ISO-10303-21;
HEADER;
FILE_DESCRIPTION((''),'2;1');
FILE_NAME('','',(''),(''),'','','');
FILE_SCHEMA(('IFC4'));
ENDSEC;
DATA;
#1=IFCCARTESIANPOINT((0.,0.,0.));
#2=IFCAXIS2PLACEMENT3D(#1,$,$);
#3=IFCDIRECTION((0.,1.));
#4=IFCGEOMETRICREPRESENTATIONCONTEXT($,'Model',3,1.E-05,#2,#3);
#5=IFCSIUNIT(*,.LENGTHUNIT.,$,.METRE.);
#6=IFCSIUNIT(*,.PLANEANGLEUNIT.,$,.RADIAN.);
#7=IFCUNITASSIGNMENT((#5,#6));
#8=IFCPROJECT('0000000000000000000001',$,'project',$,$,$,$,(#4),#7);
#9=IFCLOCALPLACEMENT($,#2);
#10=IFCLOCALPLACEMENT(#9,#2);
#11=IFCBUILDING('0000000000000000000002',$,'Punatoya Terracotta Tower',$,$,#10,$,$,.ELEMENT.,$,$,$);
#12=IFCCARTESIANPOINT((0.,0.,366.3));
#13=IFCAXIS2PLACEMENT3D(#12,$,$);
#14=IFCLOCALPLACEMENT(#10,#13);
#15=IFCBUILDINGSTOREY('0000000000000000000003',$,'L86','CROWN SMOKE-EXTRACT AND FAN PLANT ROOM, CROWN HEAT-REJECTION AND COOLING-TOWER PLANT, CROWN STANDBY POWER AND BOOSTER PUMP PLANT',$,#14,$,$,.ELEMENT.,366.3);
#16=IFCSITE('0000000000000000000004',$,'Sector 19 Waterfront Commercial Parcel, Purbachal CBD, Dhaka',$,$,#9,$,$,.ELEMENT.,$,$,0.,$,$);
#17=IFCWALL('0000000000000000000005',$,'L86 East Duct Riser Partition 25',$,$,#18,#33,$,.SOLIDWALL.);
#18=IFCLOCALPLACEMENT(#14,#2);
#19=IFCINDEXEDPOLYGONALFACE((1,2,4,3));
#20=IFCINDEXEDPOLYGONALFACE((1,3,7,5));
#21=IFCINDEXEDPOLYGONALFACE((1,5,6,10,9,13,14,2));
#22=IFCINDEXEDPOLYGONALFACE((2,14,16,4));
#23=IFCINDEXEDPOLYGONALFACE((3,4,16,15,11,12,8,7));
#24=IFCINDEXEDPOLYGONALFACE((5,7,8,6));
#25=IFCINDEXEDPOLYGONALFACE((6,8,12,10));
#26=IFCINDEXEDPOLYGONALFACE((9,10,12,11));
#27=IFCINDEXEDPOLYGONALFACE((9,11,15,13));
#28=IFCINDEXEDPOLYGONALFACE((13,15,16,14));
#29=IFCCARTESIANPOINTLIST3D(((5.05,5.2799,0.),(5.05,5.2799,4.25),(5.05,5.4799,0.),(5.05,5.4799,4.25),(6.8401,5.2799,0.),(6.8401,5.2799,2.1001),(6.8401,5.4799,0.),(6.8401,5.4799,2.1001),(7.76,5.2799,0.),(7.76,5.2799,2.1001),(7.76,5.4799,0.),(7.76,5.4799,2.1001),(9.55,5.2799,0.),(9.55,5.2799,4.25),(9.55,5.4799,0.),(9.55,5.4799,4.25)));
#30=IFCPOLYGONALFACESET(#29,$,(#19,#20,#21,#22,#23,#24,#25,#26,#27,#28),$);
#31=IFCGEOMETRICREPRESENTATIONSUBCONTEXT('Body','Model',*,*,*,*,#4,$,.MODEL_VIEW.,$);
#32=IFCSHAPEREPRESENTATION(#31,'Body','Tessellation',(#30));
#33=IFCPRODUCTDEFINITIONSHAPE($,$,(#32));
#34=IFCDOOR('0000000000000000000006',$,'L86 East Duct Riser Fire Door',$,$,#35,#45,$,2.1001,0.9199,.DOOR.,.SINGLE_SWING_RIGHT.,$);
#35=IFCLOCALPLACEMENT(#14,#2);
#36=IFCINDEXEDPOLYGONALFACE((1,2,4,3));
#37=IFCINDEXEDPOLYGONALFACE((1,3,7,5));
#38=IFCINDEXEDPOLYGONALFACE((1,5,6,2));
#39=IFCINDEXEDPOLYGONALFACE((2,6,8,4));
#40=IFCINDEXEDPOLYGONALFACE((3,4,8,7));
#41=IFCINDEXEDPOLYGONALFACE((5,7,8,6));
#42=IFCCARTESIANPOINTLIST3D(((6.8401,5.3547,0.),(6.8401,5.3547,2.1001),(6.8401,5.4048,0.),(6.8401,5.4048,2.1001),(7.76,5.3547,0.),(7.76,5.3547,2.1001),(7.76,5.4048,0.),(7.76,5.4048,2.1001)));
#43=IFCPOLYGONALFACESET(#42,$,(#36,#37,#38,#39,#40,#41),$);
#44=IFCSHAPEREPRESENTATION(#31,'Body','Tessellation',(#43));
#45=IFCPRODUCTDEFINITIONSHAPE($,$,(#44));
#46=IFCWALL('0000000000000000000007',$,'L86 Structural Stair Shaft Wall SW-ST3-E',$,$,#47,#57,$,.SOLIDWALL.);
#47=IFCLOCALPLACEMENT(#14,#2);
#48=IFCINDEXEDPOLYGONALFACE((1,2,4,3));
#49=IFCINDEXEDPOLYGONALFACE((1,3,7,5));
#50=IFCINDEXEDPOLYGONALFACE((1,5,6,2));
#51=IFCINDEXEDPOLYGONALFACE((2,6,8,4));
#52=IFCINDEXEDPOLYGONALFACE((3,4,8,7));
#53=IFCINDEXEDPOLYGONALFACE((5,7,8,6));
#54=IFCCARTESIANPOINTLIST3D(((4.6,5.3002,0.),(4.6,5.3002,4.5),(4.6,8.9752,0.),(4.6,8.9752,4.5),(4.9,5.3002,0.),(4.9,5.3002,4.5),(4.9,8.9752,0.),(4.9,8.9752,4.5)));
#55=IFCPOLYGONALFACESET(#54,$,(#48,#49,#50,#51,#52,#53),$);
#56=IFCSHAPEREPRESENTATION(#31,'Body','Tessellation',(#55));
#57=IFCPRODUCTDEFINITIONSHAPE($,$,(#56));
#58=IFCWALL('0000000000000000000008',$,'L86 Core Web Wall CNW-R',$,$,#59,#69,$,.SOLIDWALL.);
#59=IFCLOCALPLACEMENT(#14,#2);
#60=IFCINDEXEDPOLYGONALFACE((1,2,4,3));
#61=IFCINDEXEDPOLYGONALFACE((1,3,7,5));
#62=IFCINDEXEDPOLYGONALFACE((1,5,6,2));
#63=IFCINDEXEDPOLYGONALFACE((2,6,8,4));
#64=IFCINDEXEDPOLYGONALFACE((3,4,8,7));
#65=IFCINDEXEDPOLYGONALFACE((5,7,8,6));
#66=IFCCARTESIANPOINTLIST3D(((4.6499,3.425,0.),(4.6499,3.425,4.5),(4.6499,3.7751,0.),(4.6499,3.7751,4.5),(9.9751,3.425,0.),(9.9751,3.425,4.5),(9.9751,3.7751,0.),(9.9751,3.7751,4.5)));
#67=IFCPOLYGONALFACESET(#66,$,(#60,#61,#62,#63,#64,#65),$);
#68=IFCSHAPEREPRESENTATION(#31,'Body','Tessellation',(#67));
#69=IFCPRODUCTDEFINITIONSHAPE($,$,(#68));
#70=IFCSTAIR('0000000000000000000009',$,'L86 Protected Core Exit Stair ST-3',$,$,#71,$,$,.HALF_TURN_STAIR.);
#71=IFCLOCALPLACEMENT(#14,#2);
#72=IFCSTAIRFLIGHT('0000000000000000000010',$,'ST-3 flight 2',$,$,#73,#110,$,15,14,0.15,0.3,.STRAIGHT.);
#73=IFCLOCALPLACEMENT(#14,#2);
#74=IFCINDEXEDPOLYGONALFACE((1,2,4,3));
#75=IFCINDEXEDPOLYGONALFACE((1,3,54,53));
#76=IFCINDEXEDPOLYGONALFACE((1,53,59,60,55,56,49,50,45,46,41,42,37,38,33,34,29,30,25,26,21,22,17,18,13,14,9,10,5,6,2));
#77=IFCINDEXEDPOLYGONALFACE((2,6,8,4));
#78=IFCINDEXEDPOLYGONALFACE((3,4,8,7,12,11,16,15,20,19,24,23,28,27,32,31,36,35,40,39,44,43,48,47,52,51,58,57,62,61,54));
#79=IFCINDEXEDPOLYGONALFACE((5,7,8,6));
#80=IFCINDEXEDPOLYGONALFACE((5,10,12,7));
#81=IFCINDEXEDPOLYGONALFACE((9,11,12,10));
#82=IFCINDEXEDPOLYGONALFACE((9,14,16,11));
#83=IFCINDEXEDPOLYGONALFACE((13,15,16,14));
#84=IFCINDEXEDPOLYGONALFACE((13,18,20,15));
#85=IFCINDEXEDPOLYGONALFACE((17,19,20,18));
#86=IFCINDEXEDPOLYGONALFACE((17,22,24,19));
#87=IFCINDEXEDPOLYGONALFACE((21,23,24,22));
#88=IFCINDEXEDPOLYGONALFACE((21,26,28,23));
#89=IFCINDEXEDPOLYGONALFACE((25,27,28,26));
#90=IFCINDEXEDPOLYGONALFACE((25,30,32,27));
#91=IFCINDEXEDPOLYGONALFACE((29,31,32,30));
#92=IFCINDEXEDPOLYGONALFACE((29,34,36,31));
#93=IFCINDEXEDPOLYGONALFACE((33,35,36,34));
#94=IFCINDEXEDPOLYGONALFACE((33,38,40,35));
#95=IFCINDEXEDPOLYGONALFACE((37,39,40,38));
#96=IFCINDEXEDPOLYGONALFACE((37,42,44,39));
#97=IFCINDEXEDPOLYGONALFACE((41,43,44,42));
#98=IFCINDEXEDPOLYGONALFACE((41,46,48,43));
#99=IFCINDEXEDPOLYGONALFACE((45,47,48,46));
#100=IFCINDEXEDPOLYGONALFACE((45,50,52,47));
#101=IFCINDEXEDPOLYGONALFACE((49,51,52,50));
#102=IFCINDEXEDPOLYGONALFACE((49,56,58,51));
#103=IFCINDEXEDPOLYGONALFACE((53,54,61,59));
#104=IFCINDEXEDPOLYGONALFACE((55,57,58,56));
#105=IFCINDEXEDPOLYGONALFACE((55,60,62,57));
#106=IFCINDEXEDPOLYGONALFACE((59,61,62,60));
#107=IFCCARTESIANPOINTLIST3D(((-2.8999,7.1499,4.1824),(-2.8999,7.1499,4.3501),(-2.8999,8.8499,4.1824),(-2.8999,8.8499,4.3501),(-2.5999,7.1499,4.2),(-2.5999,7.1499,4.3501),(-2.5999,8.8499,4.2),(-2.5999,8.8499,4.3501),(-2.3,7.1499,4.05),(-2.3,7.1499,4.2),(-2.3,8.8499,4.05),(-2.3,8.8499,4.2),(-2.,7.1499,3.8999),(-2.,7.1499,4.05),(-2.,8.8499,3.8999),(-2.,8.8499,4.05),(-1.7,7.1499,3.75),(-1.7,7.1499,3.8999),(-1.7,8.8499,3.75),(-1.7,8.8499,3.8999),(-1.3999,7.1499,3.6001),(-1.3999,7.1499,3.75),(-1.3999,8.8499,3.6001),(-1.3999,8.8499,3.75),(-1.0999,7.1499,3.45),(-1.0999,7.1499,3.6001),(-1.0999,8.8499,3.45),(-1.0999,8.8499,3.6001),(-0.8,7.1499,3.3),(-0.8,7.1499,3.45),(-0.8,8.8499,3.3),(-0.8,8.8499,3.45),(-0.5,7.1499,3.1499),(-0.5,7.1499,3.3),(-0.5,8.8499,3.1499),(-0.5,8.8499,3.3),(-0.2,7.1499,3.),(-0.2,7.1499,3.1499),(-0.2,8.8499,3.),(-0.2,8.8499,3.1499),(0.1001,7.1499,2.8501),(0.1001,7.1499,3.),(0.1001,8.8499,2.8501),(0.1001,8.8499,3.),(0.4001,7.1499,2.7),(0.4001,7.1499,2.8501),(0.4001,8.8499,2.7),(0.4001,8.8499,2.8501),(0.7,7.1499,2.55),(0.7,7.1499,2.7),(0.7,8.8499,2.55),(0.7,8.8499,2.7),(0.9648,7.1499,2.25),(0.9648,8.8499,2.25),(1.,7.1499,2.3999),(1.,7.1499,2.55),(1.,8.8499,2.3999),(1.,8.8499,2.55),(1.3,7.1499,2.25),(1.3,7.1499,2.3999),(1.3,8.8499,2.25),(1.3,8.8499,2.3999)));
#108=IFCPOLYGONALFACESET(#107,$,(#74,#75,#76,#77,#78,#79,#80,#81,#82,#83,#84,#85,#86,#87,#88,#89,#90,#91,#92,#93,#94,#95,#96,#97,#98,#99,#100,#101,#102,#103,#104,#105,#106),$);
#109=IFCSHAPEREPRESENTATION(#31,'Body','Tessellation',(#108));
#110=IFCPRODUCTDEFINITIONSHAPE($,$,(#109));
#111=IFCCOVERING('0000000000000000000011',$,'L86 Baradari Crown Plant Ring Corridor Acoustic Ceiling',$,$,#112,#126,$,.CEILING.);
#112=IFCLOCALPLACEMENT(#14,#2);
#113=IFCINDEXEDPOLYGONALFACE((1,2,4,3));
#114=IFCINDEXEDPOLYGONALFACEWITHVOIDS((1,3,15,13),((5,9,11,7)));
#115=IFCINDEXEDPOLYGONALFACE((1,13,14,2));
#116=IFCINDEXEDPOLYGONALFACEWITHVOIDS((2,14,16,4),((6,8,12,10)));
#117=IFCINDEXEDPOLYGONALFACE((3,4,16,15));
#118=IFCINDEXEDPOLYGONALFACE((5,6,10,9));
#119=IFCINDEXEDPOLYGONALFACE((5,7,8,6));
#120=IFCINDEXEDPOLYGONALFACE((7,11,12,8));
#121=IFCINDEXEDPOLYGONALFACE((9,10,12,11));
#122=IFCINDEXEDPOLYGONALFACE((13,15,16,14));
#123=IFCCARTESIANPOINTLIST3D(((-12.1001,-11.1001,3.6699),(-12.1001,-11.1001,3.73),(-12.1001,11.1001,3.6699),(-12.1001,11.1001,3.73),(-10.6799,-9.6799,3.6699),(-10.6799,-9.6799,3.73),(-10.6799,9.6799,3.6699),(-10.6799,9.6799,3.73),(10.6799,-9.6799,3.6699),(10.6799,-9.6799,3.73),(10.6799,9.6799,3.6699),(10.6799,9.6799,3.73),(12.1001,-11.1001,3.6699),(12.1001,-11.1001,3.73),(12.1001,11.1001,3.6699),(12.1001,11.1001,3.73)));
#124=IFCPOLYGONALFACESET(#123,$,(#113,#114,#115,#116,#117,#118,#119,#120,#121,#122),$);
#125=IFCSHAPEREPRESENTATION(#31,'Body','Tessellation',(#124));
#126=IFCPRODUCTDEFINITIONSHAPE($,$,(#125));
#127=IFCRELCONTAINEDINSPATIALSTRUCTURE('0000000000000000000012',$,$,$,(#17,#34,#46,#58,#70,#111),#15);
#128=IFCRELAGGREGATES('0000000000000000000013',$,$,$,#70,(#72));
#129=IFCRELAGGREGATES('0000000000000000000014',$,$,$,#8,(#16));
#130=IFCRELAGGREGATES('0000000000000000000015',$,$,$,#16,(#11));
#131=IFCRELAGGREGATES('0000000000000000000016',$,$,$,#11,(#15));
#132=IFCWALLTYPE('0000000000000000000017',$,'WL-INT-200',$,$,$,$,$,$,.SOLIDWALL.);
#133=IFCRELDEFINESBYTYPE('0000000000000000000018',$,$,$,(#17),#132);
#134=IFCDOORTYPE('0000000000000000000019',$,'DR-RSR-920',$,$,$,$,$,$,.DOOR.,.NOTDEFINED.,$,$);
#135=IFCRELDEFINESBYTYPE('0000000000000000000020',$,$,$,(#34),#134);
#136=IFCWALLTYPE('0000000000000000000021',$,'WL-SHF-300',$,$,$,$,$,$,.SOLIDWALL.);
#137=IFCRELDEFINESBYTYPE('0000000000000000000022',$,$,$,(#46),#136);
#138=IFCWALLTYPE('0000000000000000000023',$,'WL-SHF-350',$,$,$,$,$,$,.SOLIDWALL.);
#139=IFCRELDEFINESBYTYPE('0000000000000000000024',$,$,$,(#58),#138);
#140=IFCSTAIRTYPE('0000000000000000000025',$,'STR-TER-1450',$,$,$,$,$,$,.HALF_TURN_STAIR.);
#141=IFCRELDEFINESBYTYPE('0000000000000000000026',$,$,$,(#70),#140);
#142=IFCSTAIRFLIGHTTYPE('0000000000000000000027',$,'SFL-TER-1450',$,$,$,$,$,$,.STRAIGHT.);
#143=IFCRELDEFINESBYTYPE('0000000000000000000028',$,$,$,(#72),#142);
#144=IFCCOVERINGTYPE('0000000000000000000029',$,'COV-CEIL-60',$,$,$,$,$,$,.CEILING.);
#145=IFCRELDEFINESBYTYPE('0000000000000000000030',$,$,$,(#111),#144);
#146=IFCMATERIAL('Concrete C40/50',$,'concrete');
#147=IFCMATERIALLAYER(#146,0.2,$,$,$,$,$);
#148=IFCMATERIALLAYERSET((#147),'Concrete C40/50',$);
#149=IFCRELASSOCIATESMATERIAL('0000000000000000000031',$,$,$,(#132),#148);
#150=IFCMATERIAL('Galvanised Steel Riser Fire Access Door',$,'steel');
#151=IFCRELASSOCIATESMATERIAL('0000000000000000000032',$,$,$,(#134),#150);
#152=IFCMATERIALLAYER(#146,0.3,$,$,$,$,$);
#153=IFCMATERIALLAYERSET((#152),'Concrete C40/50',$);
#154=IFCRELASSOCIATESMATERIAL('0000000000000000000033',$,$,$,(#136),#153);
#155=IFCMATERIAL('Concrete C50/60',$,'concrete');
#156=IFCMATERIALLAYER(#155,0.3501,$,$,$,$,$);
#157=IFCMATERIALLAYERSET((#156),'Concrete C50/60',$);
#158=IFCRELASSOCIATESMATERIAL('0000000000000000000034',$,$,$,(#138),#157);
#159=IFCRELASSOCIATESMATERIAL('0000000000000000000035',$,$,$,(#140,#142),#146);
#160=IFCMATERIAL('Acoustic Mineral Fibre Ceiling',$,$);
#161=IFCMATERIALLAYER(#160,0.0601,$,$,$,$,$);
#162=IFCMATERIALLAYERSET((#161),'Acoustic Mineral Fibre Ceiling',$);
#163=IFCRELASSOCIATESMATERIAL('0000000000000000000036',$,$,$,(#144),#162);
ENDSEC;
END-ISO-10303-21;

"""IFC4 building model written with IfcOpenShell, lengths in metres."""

from ifc_helpers import new_model, si_unit, direction, frame, frame_2d, origin, place, context, subcontext, project, spatial, polyline, rectangle, outline, extrude, material, layer, layer_set, type_object, element, fill, aggregate, save


model = new_model("IFC4")

# Units and contexts
model_context = context("Model", 3, precision=1e-05, world=origin(), true_north=direction((0.0, 1.0)))
body_context = subcontext(model_context, "Body", "Model", "MODEL_VIEW")
ifc_project = project(units=[si_unit("LENGTHUNIT", "METRE"), si_unit("PLANEANGLEUNIT", "RADIAN")], contexts=[model_context])

# Site, building, storey
site_placement = place(None, origin())
site = spatial("IfcSite", under=ifc_project, at=site_placement, Name="Sector 19 Waterfront Commercial Parcel, Purbachal CBD, Dhaka", CompositionType="ELEMENT", RefElevation=0.0)
building_placement = place(site_placement, origin())
building = spatial("IfcBuilding", under=site, at=building_placement, Name="Punatoya Terracotta Tower", CompositionType="ELEMENT")
storey_placement = place(building_placement, frame((0.0, 0.0, 366.3)))
storey = spatial("IfcBuildingStorey", under=building, at=storey_placement, Name="L86", Description="CROWN SMOKE-EXTRACT AND FAN PLANT ROOM, CROWN HEAT-REJECTION AND COOLING-TOWER PLANT, CROWN STANDBY POWER AND BOOSTER PUMP PLANT", CompositionType="ELEMENT", Elevation=366.3)

# Shared definitions
ifc_material_1 = material(Name="Concrete C40/50", Category="concrete")
ifc_layer_1 = layer(ifc_material_1, 0.2)
ifc_layer_set_1 = layer_set([ifc_layer_1], Name="Concrete C40/50")
wall_type_1 = type_object("IfcWallType", Name="WL-INT-200", PredefinedType="SOLIDWALL", material=ifc_layer_set_1)
ifc_material_2 = material(Name="Galvanised Steel Riser Fire Access Door", Category="steel")
door_type = type_object("IfcDoorType", Name="DR-RSR-920", OperationType="NOTDEFINED", PredefinedType="DOOR", material=ifc_material_2)

# Wall, opening, door
wall_1_placement = place(storey_placement, frame((5.05, 5.3799, 0.0), z_axis=(0.0, 0.0, 1.0), x_axis=(1.0, 0.0, 0.0)))
wall_1 = element("IfcWall", 1, at=wall_1_placement, inside=storey, type_object=wall_type_1, Name="L86 East Duct Riser Partition 25", PredefinedType="SOLIDWALL", context=body_context, shape_type="SweptSolid", body=[
    extrude(rectangle(XDim=4.5, YDim=0.2, at=frame_2d((2.25, 0.0))), origin(), (0.0, 0.0, 1.0), 4.25),
])
opening_1_placement = place(wall_1_placement, frame((1.79, 0.0, 0.0)))
opening_1 = element("IfcOpeningElement", 2, at=opening_1_placement, cuts=wall_1, PredefinedType="OPENING", context=body_context, shape_type="SweptSolid", body=[
    extrude(rectangle(XDim=0.9199, YDim=2.1001, at=frame_2d((0.46, 1.05))), frame((0.0, 0.1099, 0.0), z_axis=(0.0, -1.0, 0.0), x_axis=(1.0, 0.0, 0.0)), (0.0, 0.0, 1.0), 0.22),
])
door_1_placement = place(opening_1_placement, origin())
door_1 = element("IfcDoor", 3, at=door_1_placement, inside=storey, type_object=door_type, Name="L86 East Duct Riser Fire Door", OperationType="SINGLE_SWING_RIGHT", OverallHeight=2.1001, OverallWidth=0.9199, PredefinedType="DOOR", context=body_context, shape_type="SweptSolid", body=[
    extrude(rectangle(XDim=0.9199, YDim=2.1001, at=frame_2d((0.46, 1.05))), frame((0.0, 0.0249, 0.0), z_axis=(0.0, -1.0, 0.0), x_axis=(1.0, 0.0, 0.0)), (0.0, 0.0, 1.0), 0.05),
])
fill(opening_1, door_1)

# Walls
ifc_layer_2 = layer(ifc_material_1, 0.3)
ifc_layer_set_2 = layer_set([ifc_layer_2], Name="Concrete C40/50")
wall_type_2 = type_object("IfcWallType", Name="WL-SHF-300", PredefinedType="SOLIDWALL", material=ifc_layer_set_2)
wall_2_placement = place(storey_placement, frame((4.75, 8.9751, 0.0), z_axis=(0.0, 0.0, 1.0), x_axis=(0.0, -1.0, 0.0)))
element("IfcWall", 4, at=wall_2_placement, inside=storey, type_object=wall_type_2, Name="L86 Structural Stair Shaft Wall SW-ST3-E", PredefinedType="SOLIDWALL", context=body_context, shape_type="SweptSolid", body=[
    extrude(rectangle(XDim=3.675, YDim=0.3, at=frame_2d((1.8374, 0.0))), origin(), (0.0, 0.0, 1.0), 4.5),
])
ifc_material_3 = material(Name="Concrete C50/60", Category="concrete")
ifc_layer_3 = layer(ifc_material_3, 0.3501)
ifc_layer_set_3 = layer_set([ifc_layer_3], Name="Concrete C50/60")
wall_type_3 = type_object("IfcWallType", Name="WL-SHF-350", PredefinedType="SOLIDWALL", material=ifc_layer_set_3)
wall_3_placement = place(storey_placement, frame((4.6499, 3.6001, 0.0), z_axis=(0.0, 0.0, 1.0), x_axis=(1.0, 0.0, 0.0)))
element("IfcWall", 5, at=wall_3_placement, inside=storey, type_object=wall_type_3, Name="L86 Core Web Wall CNW-R", PredefinedType="SOLIDWALL", context=body_context, shape_type="SweptSolid", body=[
    extrude(rectangle(XDim=5.3252, YDim=0.3501, at=frame_2d((2.6626, 0.0))), origin(), (0.0, 0.0, 1.0), 4.5),
])

# Stair, stair flight
stair_type = type_object("IfcStairType", Name="STR-TER-1450", PredefinedType="HALF_TURN_STAIR", material=ifc_material_1)
stair_placement = place(storey_placement, origin())
stair = element("IfcStair", 6, at=stair_placement, inside=storey, type_object=stair_type, Name="L86 Protected Core Exit Stair ST-3", PredefinedType="HALF_TURN_STAIR")
stair_flight_type = type_object("IfcStairFlightType", Name="SFL-TER-1450", PredefinedType="STRAIGHT", material=ifc_material_1)
stair_flight_placement = place(storey_placement, frame((1.3, 8.0, 2.25), z_axis=(0.0, 0.0, 1.0), x_axis=(-1.0, 0.0, 0.0)))
stair_flight = element("IfcStairFlight", 7, at=stair_flight_placement, type_object=stair_flight_type, Name="ST-3 flight 2", NumberOfRisers=15, NumberOfTreads=14, PredefinedType="STRAIGHT", RiserHeight=0.15, TreadLength=0.3, context=body_context, shape_type="SweptSolid", body=[
    extrude(outline(polyline([(0.0, 0.0), (0.0, 0.1499), (0.3, 0.1499), (0.3, 0.3), (0.6001, 0.3), (0.6001, 0.45), (0.8999, 0.45), (0.8999, 0.6001), (1.2, 0.6001), (1.2, 0.75), (1.5, 0.75), (1.5, 0.8999), (1.8, 0.8999), (1.8, 1.05), (2.1001, 1.05), (2.1001, 1.2), (2.3999, 1.2), (2.3999, 1.3501), (2.7, 1.3501), (2.7, 1.5), (3.0, 1.5), (3.0, 1.6499), (3.3, 1.6499), (3.3, 1.8), (3.6001, 1.8), (3.6001, 1.95), (3.8999, 1.95), (3.8999, 2.1001), (4.2, 2.1001), (4.2, 2.25), (4.2, 1.9324), (0.3352, 0.0), (0.0, 0.0)])), frame((0.0, 0.8501, 0.0), z_axis=(0.0, -1.0, 0.0), x_axis=(1.0, 0.0, 0.0)), (0.0, 0.0, 1.0), 1.7),
])
aggregate(stair, [stair_flight])

# Covering
ifc_material_4 = material(Name="Acoustic Mineral Fibre Ceiling")
ifc_layer_4 = layer(ifc_material_4, 0.0601)
ifc_layer_set_4 = layer_set([ifc_layer_4], Name="Acoustic Mineral Fibre Ceiling")
covering_type = type_object("IfcCoveringType", Name="COV-CEIL-60", PredefinedType="CEILING", material=ifc_layer_set_4)
covering_placement = place(storey_placement, frame((0.0, 0.0, 3.6699)))
element("IfcCovering", 8, at=covering_placement, inside=storey, type_object=covering_type, Name="L86 Baradari Crown Plant Ring Corridor Acoustic Ceiling", PredefinedType="CEILING", context=body_context, shape_type="SweptSolid", body=[
    extrude(outline(polyline([(-12.1001, 11.1001), (-12.1001, -11.1001), (12.1001, -11.1001), (12.1001, 11.1001), (-12.1001, 11.1001)]), holes=[polyline([(-10.6799, 9.6799), (10.6799, 9.6799), (10.6799, -9.6799), (-10.6799, -9.6799), (-10.6799, 9.6799)])]), origin(), (0.0, 0.0, 1.0), 0.0601),
])

save(model, "model.ifc")
